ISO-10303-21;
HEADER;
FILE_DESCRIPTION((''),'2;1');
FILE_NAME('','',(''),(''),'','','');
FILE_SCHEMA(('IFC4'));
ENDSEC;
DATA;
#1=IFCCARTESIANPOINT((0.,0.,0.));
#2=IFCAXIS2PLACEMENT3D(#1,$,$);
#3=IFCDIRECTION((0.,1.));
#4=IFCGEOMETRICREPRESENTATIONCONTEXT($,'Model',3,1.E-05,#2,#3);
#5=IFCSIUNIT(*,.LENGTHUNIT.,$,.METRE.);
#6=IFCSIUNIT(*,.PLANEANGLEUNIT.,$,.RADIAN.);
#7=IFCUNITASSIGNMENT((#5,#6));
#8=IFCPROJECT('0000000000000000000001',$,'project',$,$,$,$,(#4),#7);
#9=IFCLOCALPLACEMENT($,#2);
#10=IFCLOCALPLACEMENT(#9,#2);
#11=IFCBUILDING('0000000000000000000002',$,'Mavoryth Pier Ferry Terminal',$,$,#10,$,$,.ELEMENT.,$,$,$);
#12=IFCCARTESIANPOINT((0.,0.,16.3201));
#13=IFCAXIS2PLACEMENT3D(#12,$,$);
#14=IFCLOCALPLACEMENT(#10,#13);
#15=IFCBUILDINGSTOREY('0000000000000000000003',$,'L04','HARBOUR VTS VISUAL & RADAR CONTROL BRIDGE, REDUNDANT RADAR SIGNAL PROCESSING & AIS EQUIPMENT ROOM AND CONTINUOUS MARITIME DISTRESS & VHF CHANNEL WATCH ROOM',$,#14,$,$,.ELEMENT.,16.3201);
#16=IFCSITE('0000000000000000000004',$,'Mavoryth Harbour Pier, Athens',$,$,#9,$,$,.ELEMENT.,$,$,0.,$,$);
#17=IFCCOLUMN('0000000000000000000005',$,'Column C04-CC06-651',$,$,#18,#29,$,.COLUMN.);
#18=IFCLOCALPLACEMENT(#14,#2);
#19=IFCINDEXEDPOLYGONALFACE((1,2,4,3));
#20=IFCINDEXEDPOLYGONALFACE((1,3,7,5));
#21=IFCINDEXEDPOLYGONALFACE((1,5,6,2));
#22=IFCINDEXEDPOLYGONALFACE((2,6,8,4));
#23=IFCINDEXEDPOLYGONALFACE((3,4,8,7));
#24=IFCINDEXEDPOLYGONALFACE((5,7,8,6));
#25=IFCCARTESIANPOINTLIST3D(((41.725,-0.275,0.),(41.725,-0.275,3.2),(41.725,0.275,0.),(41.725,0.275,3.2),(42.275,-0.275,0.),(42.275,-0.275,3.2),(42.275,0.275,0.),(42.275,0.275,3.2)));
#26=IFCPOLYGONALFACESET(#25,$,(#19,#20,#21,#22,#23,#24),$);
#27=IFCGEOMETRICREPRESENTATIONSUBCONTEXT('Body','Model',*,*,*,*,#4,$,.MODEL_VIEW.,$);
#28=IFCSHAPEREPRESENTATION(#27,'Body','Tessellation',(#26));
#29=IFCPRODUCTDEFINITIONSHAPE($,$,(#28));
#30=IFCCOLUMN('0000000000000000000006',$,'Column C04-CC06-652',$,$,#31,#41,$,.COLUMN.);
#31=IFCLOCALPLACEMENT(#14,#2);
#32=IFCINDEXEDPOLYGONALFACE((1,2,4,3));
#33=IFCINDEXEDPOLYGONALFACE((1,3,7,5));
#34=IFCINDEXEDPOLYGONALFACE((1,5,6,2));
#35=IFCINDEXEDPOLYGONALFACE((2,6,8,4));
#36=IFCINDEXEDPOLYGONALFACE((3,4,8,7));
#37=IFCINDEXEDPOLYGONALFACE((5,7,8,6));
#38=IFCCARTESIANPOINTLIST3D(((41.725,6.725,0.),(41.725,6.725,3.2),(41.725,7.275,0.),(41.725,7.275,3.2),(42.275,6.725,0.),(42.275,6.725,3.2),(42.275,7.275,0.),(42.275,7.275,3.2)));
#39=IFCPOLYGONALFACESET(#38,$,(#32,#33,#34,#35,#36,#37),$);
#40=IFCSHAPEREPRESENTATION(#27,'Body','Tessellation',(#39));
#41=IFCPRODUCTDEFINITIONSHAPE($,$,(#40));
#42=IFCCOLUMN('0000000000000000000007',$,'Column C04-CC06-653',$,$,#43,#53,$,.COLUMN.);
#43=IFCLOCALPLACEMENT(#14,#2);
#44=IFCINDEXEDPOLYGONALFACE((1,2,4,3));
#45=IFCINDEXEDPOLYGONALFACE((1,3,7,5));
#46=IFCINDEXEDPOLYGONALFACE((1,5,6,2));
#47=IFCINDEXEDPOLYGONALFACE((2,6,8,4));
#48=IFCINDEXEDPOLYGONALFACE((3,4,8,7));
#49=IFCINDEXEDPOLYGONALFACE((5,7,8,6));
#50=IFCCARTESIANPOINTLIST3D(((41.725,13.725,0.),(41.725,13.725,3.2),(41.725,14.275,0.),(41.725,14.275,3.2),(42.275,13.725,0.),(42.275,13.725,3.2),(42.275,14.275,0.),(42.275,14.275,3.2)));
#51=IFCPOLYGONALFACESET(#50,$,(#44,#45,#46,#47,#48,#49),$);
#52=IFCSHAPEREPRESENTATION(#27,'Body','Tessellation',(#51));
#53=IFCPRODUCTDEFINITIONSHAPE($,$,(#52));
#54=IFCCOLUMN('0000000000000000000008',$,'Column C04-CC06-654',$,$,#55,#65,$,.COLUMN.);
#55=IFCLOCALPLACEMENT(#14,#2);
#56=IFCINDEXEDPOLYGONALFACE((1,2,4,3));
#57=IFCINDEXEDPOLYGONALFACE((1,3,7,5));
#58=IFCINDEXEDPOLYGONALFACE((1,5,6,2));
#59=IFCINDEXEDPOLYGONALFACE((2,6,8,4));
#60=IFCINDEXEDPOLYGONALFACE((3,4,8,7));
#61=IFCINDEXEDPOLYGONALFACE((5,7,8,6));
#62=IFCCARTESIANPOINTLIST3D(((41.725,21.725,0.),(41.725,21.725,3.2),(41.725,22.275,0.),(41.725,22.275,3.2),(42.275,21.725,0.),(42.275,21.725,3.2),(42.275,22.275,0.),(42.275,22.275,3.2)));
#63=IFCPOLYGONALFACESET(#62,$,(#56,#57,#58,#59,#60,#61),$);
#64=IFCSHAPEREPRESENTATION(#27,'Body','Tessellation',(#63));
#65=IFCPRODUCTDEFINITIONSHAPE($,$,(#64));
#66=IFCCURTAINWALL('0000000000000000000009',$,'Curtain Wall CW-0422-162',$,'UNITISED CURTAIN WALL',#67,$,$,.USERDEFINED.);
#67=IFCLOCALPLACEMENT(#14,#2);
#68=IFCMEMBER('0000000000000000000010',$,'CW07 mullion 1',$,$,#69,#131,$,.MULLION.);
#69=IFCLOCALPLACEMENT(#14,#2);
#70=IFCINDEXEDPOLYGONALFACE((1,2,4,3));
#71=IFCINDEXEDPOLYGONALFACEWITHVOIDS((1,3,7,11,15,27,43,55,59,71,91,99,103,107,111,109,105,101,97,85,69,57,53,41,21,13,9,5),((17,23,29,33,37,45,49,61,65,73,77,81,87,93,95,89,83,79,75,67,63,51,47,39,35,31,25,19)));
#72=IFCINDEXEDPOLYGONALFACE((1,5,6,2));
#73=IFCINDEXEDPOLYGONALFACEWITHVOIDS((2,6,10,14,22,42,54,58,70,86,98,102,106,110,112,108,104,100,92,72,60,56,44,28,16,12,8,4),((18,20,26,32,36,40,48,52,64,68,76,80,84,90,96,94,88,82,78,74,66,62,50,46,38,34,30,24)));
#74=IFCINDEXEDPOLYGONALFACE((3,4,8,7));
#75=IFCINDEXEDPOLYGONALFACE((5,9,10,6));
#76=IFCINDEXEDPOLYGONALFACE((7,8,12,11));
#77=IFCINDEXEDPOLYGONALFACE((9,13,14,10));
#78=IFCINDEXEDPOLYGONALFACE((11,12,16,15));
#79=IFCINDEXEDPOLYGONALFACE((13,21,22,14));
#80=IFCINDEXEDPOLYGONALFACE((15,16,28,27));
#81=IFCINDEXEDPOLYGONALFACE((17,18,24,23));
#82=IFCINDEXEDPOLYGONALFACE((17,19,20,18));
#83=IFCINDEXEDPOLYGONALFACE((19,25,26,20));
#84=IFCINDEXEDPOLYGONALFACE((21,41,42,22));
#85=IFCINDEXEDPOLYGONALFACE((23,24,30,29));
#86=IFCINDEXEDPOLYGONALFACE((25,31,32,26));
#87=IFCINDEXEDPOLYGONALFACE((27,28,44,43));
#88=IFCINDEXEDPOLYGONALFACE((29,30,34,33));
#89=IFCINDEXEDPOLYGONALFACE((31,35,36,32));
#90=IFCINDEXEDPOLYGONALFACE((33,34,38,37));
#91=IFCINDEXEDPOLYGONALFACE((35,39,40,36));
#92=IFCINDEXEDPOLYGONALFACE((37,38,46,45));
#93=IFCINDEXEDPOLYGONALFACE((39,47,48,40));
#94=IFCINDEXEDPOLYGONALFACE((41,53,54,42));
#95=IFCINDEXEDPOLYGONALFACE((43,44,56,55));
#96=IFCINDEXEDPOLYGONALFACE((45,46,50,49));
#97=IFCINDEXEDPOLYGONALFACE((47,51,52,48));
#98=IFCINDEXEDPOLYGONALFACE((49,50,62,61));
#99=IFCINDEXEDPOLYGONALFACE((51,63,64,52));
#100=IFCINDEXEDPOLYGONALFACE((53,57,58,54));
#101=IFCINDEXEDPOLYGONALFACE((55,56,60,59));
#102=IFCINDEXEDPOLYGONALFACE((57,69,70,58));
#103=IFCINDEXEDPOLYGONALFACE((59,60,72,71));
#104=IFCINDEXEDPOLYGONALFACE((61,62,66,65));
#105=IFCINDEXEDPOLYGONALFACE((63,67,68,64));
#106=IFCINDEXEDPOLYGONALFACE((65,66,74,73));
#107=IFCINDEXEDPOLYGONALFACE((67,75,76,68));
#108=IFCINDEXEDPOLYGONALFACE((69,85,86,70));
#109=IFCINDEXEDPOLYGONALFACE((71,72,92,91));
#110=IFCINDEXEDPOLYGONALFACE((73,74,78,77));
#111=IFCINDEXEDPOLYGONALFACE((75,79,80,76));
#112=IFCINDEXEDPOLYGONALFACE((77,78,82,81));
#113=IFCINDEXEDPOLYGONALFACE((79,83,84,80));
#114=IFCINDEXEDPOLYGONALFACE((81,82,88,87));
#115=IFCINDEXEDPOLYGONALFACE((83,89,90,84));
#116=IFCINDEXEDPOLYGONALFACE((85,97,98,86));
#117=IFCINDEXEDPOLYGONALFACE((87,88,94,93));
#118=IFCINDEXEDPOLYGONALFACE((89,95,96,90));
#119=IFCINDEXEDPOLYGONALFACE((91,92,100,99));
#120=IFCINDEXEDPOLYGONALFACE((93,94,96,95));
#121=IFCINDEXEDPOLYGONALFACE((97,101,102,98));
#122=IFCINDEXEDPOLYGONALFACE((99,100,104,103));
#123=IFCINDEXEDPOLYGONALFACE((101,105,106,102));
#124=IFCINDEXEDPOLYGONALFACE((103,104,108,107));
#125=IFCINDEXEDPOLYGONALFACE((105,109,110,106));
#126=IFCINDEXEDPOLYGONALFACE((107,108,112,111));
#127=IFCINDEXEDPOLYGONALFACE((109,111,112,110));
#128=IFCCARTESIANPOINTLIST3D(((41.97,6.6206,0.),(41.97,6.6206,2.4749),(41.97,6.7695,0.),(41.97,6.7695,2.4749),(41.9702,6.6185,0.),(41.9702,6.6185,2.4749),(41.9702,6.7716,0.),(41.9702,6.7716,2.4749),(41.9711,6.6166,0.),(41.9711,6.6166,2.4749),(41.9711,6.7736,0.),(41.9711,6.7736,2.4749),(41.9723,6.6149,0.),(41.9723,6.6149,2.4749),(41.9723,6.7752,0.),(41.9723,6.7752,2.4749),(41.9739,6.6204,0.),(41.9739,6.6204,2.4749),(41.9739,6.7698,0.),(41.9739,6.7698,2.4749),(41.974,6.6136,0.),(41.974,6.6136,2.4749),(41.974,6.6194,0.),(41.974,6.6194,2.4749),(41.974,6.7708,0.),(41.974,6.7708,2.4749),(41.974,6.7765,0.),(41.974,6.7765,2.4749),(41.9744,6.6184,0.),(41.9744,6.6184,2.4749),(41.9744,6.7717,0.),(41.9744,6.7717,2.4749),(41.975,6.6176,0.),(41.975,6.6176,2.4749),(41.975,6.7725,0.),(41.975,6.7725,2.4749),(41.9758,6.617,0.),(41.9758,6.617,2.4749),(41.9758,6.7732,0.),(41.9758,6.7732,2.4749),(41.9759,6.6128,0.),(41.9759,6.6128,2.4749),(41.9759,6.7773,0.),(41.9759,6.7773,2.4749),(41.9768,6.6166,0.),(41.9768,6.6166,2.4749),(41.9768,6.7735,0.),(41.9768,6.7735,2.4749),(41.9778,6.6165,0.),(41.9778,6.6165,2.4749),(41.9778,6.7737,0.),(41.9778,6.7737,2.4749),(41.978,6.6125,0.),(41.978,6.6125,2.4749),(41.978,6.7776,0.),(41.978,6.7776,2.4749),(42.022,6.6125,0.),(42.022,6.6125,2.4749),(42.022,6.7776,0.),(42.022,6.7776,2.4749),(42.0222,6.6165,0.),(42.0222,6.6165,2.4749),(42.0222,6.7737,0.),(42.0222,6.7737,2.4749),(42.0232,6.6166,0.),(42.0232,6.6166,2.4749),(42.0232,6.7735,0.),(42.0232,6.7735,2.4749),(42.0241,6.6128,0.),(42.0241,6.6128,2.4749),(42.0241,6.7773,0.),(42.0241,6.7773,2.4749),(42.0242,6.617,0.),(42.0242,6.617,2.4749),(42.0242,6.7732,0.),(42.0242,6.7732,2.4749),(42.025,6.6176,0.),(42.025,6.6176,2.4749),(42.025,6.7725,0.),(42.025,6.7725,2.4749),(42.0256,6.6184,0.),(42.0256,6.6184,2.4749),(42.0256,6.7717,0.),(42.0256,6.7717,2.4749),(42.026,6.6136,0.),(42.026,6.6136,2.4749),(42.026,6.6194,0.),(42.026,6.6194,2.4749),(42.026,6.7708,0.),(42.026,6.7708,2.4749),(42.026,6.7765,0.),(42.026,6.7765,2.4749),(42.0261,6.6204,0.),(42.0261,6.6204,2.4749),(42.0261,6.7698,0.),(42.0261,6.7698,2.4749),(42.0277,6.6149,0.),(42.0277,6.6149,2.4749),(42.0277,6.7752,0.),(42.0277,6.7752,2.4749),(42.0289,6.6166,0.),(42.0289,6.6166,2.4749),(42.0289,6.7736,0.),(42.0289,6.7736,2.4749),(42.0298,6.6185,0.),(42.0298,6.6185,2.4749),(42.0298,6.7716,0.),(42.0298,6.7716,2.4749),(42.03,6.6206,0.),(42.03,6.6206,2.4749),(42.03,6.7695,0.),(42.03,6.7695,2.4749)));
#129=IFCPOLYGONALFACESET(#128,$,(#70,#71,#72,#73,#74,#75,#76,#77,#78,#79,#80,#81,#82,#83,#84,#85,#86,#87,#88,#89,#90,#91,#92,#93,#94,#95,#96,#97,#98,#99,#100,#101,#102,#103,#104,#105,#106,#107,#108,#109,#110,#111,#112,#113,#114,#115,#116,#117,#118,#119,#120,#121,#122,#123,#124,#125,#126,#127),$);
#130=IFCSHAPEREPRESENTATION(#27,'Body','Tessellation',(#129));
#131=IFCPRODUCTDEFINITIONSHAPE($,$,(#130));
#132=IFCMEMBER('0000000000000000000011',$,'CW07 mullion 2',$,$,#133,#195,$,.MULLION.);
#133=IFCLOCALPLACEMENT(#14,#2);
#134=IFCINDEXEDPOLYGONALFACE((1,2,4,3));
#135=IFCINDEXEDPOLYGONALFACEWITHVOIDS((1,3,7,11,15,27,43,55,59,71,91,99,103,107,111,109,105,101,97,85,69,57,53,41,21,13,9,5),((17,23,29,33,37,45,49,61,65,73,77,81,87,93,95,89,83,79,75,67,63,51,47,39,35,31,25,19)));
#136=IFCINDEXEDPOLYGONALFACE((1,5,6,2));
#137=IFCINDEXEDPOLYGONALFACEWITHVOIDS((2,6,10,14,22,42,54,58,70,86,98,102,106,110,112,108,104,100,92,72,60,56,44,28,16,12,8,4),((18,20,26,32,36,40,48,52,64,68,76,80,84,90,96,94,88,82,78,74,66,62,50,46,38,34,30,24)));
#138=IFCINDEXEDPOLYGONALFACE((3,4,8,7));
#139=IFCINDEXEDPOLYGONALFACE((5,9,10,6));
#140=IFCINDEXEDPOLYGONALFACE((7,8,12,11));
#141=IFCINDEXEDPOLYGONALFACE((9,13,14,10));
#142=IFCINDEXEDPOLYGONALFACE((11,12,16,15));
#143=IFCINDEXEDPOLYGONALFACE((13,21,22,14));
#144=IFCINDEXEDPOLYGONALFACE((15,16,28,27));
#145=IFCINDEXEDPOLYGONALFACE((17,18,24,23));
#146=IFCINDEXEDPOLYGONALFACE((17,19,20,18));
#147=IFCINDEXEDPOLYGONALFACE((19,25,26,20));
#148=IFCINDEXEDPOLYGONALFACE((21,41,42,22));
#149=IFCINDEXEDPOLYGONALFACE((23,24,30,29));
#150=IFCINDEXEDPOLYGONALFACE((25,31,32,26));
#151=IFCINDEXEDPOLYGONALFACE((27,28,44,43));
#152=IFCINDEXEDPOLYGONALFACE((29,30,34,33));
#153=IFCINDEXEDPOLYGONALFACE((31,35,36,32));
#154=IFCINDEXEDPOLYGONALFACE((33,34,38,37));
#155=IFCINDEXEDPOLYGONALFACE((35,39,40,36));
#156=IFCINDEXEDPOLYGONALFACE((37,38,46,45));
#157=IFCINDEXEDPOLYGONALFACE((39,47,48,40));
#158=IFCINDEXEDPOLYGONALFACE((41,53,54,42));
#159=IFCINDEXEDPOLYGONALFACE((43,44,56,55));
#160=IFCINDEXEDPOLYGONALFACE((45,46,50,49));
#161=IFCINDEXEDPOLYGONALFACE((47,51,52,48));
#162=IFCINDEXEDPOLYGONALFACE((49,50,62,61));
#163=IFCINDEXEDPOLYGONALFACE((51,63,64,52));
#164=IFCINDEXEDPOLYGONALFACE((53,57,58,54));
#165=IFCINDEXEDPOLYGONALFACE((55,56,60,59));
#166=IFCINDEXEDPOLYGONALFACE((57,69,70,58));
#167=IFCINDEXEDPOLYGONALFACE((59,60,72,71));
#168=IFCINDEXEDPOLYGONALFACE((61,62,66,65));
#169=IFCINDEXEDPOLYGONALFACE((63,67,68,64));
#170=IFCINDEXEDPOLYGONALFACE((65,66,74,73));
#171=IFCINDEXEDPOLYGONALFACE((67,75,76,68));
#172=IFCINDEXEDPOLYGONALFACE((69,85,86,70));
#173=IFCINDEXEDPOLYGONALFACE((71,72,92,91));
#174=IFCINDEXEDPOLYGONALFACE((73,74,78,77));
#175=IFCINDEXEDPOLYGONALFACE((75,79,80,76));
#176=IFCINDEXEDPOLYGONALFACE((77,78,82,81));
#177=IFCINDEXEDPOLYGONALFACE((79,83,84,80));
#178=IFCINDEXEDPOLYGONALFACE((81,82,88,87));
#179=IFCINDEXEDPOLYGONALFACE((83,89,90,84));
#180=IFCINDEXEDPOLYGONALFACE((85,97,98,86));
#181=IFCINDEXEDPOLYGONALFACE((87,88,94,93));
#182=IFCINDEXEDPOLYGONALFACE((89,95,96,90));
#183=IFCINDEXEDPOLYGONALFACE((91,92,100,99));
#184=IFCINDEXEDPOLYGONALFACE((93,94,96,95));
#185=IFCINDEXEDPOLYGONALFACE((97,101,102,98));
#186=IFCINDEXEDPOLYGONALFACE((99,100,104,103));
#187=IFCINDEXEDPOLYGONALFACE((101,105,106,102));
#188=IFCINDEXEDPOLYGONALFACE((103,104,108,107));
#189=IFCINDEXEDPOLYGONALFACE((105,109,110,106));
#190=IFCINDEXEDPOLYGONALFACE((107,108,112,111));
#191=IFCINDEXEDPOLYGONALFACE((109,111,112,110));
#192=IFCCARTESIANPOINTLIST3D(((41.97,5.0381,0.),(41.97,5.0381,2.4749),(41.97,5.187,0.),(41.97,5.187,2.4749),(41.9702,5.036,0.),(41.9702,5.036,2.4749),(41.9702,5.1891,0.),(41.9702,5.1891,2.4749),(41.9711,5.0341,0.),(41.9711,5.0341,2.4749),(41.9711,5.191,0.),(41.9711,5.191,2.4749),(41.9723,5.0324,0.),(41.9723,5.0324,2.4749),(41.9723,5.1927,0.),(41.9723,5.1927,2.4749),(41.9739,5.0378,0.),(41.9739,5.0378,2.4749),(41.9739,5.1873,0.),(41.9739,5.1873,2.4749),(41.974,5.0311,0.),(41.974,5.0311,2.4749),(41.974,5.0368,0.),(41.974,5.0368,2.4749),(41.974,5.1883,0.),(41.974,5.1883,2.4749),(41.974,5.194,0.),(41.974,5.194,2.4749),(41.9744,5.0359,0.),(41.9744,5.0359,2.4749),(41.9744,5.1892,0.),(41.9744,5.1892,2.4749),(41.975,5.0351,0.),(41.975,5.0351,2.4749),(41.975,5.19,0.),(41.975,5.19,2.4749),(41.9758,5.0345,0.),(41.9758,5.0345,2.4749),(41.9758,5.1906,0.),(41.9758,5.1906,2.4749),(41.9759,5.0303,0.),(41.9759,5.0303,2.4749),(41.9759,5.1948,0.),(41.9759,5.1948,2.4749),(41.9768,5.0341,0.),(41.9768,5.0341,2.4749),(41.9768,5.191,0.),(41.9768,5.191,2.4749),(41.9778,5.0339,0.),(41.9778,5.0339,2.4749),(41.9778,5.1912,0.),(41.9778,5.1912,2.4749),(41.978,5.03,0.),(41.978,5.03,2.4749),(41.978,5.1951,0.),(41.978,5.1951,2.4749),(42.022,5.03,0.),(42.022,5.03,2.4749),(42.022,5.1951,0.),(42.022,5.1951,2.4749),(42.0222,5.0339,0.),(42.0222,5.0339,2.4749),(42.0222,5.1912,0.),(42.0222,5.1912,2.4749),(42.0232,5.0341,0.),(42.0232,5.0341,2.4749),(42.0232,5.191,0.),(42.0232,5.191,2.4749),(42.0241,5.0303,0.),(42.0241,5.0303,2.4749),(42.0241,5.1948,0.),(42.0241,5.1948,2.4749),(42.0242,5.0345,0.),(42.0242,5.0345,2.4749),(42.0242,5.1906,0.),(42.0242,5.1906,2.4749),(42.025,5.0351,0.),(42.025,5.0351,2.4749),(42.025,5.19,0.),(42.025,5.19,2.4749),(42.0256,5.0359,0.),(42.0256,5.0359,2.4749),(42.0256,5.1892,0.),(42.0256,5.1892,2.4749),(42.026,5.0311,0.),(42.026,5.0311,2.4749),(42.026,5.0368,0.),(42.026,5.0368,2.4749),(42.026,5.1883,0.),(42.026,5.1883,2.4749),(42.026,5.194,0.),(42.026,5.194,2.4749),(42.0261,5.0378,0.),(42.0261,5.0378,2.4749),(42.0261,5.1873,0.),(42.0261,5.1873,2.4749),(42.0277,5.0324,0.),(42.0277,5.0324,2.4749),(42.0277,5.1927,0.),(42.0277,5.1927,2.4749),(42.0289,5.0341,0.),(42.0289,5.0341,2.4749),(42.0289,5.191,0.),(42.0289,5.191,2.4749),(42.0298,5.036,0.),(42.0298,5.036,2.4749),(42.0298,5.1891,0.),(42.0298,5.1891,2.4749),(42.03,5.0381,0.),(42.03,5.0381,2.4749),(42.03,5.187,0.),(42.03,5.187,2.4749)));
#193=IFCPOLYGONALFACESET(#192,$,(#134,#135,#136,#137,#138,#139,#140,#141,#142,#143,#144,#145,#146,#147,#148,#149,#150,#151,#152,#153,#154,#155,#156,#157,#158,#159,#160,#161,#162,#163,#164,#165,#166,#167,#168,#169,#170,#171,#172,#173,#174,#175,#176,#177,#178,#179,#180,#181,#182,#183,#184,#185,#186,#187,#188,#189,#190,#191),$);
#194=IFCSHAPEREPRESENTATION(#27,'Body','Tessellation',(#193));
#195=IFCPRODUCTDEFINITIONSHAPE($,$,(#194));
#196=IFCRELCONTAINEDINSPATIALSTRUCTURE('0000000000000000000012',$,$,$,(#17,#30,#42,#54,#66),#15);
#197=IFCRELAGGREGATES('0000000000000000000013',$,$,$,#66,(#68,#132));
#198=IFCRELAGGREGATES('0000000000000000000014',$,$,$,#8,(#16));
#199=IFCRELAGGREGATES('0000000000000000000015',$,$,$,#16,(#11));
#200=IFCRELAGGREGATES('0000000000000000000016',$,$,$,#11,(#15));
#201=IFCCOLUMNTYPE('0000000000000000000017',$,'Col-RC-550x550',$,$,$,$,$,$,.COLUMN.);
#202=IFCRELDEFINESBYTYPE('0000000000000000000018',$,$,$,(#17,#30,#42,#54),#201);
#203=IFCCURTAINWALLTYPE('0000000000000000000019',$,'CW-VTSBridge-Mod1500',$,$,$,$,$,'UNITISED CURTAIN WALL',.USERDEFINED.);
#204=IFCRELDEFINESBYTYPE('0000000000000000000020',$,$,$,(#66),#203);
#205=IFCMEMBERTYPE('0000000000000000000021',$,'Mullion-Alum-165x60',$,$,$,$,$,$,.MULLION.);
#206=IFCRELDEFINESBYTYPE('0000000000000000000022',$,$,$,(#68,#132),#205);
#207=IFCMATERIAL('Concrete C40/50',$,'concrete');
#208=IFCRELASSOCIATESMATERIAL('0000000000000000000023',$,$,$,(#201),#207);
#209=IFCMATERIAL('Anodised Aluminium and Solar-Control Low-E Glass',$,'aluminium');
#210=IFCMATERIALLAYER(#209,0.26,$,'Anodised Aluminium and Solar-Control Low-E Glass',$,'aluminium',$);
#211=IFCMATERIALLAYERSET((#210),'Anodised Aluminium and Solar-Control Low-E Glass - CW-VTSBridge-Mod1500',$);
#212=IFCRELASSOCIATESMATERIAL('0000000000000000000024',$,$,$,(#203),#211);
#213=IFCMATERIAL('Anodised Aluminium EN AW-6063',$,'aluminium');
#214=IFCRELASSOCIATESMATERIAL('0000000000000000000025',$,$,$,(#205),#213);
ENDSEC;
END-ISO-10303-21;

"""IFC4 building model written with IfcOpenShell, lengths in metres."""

from ifc_helpers import new_model, si_unit, direction, frame, origin, origin_2d, place, context, subcontext, project, spatial, rectangle, hollow_rectangle, extrude, material, layer, layer_set, material_profile, profile_set, type_object, element, aggregate, save


model = new_model("IFC4")

# Units and contexts
model_context = context("Model", 3, precision=1e-05, world=origin(), true_north=direction((0.0, 1.0)))
body_context = subcontext(model_context, "Body", "Model", "MODEL_VIEW")
ifc_project = project(units=[si_unit("LENGTHUNIT", "METRE"), si_unit("PLANEANGLEUNIT", "RADIAN")], contexts=[model_context])

# Site, building, storey
site_placement = place(None, origin())
site = spatial("IfcSite", under=ifc_project, at=site_placement, Name="Mavoryth Harbour Pier, Athens", CompositionType="ELEMENT", RefElevation=0.0)
building_placement = place(site_placement, origin())
building = spatial("IfcBuilding", under=site, at=building_placement, Name="Mavoryth Pier Ferry Terminal", CompositionType="ELEMENT")
storey_placement = place(building_placement, frame((0.0, 0.0, 16.3201)))
storey = spatial("IfcBuildingStorey", under=building, at=storey_placement, Name="L04", Description="HARBOUR VTS VISUAL & RADAR CONTROL BRIDGE, REDUNDANT RADAR SIGNAL PROCESSING & AIS EQUIPMENT ROOM AND CONTINUOUS MARITIME DISTRESS & VHF CHANNEL WATCH ROOM", CompositionType="ELEMENT", Elevation=16.3201)

# Columns
ifc_material_1 = material(Name="Concrete C40/50", Category="concrete")
ifc_material_profile_1 = material_profile(ifc_material_1, rectangle(XDim=0.55, YDim=0.55, at=origin_2d()), Name="RC 550x550", Category="concrete")
ifc_profile_set_1 = profile_set([ifc_material_profile_1], Name="Concrete C40/50 - RC 550x550")
column_type = type_object("IfcColumnType", Name="Col-RC-550x550", PredefinedType="COLUMN", material=ifc_profile_set_1)
for number, where, z_axis, x_axis, name in (
    (1, (42.0, 0.0, 0.0), (0.0, 0.0, 1.0), (1.0, 0.0, 0.0), "Column C04-CC06-651"),
    (2, (42.0, 7.0, 0.0), (0.0, 0.0, 1.0), (1.0, 0.0, 0.0), "Column C04-CC06-652"),
    (3, (42.0, 14.0, 0.0), (0.0, 0.0, 1.0), (1.0, 0.0, 0.0), "Column C04-CC06-653"),
    (4, (42.0, 22.0, 0.0), (0.0, 0.0, 1.0), (1.0, 0.0, 0.0), "Column C04-CC06-654"),
):
    element("IfcColumn", number, at=place(storey_placement, frame(where, z_axis=z_axis, x_axis=x_axis)), inside=storey, type_object=column_type, Name=name, PredefinedType="COLUMN", context=body_context, shape_type="SweptSolid", body=[
        extrude(rectangle(XDim=0.55, YDim=0.55, at=origin_2d()), origin(), (0.0, 0.0, 1.0), 3.2),
    ])

# Curtain wall, members
ifc_material_2 = material(Name="Anodised Aluminium and Solar-Control Low-E Glass", Category="aluminium")
ifc_layer_1 = layer(ifc_material_2, 0.26, Name="Anodised Aluminium and Solar-Control Low-E Glass", Category="aluminium")
ifc_layer_set_1 = layer_set([ifc_layer_1], Name="Anodised Aluminium and Solar-Control Low-E Glass - CW-VTSBridge-Mod1500")
curtain_wall_type = type_object("IfcCurtainWallType", Name="CW-VTSBridge-Mod1500", ElementType="UNITISED CURTAIN WALL", PredefinedType="USERDEFINED", material=ifc_layer_set_1)
curtain_wall_placement = place(storey_placement, origin())
curtain_wall = element("IfcCurtainWall", 5, at=curtain_wall_placement, inside=storey, type_object=curtain_wall_type, Name="Curtain Wall CW-0422-162", ObjectType="UNITISED CURTAIN WALL", PredefinedType="USERDEFINED")
ifc_material_3 = material(Name="Anodised Aluminium EN AW-6063", Category="aluminium")
ifc_material_profile_2 = material_profile(ifc_material_3, hollow_rectangle(XDim=0.0601, YDim=0.165, WallThickness=0.0039, InnerFilletRadius=0.0039, OuterFilletRadius=0.0081, at=origin_2d()), Name="AL-MULL 165x60x4", Category="aluminium")
ifc_profile_set_2 = profile_set([ifc_material_profile_2], Name="Anodised Aluminium EN AW-6063 - AL-MULL 165x60x4")
member_type_1 = type_object("IfcMemberType", Name="Mullion-Alum-165x60", PredefinedType="MULLION", material=ifc_profile_set_2)
member_1_placement = place(storey_placement, frame((42.0, 6.6951, 0.0), z_axis=(0.0, 0.0, 1.0), x_axis=(1.0, 0.0, 0.0)))
member_1 = element("IfcMember", 6, at=member_1_placement, type_object=member_type_1, Name="CW07 mullion 1", PredefinedType="MULLION", context=body_context, shape_type="SweptSolid", body=[
    extrude(hollow_rectangle(XDim=0.0601, YDim=0.165, WallThickness=0.0039, InnerFilletRadius=0.0039, OuterFilletRadius=0.0081, at=origin_2d()), origin(), (0.0, 0.0, 1.0), 2.4749),
])
member_2_placement = place(storey_placement, frame((42.0, 5.1125, 0.0), z_axis=(0.0, 0.0, 1.0), x_axis=(1.0, 0.0, 0.0)))
member_2 = element("IfcMember", 7, at=member_2_placement, type_object=member_type_1, Name="CW07 mullion 2", PredefinedType="MULLION", context=body_context, shape_type="SweptSolid", body=[
    extrude(hollow_rectangle(XDim=0.0601, YDim=0.165, WallThickness=0.0039, InnerFilletRadius=0.0039, OuterFilletRadius=0.0081, at=origin_2d()), origin(), (0.0, 0.0, 1.0), 2.4749),
])

aggregate(curtain_wall, [member_1, member_2])

save(model, "model.ifc")
